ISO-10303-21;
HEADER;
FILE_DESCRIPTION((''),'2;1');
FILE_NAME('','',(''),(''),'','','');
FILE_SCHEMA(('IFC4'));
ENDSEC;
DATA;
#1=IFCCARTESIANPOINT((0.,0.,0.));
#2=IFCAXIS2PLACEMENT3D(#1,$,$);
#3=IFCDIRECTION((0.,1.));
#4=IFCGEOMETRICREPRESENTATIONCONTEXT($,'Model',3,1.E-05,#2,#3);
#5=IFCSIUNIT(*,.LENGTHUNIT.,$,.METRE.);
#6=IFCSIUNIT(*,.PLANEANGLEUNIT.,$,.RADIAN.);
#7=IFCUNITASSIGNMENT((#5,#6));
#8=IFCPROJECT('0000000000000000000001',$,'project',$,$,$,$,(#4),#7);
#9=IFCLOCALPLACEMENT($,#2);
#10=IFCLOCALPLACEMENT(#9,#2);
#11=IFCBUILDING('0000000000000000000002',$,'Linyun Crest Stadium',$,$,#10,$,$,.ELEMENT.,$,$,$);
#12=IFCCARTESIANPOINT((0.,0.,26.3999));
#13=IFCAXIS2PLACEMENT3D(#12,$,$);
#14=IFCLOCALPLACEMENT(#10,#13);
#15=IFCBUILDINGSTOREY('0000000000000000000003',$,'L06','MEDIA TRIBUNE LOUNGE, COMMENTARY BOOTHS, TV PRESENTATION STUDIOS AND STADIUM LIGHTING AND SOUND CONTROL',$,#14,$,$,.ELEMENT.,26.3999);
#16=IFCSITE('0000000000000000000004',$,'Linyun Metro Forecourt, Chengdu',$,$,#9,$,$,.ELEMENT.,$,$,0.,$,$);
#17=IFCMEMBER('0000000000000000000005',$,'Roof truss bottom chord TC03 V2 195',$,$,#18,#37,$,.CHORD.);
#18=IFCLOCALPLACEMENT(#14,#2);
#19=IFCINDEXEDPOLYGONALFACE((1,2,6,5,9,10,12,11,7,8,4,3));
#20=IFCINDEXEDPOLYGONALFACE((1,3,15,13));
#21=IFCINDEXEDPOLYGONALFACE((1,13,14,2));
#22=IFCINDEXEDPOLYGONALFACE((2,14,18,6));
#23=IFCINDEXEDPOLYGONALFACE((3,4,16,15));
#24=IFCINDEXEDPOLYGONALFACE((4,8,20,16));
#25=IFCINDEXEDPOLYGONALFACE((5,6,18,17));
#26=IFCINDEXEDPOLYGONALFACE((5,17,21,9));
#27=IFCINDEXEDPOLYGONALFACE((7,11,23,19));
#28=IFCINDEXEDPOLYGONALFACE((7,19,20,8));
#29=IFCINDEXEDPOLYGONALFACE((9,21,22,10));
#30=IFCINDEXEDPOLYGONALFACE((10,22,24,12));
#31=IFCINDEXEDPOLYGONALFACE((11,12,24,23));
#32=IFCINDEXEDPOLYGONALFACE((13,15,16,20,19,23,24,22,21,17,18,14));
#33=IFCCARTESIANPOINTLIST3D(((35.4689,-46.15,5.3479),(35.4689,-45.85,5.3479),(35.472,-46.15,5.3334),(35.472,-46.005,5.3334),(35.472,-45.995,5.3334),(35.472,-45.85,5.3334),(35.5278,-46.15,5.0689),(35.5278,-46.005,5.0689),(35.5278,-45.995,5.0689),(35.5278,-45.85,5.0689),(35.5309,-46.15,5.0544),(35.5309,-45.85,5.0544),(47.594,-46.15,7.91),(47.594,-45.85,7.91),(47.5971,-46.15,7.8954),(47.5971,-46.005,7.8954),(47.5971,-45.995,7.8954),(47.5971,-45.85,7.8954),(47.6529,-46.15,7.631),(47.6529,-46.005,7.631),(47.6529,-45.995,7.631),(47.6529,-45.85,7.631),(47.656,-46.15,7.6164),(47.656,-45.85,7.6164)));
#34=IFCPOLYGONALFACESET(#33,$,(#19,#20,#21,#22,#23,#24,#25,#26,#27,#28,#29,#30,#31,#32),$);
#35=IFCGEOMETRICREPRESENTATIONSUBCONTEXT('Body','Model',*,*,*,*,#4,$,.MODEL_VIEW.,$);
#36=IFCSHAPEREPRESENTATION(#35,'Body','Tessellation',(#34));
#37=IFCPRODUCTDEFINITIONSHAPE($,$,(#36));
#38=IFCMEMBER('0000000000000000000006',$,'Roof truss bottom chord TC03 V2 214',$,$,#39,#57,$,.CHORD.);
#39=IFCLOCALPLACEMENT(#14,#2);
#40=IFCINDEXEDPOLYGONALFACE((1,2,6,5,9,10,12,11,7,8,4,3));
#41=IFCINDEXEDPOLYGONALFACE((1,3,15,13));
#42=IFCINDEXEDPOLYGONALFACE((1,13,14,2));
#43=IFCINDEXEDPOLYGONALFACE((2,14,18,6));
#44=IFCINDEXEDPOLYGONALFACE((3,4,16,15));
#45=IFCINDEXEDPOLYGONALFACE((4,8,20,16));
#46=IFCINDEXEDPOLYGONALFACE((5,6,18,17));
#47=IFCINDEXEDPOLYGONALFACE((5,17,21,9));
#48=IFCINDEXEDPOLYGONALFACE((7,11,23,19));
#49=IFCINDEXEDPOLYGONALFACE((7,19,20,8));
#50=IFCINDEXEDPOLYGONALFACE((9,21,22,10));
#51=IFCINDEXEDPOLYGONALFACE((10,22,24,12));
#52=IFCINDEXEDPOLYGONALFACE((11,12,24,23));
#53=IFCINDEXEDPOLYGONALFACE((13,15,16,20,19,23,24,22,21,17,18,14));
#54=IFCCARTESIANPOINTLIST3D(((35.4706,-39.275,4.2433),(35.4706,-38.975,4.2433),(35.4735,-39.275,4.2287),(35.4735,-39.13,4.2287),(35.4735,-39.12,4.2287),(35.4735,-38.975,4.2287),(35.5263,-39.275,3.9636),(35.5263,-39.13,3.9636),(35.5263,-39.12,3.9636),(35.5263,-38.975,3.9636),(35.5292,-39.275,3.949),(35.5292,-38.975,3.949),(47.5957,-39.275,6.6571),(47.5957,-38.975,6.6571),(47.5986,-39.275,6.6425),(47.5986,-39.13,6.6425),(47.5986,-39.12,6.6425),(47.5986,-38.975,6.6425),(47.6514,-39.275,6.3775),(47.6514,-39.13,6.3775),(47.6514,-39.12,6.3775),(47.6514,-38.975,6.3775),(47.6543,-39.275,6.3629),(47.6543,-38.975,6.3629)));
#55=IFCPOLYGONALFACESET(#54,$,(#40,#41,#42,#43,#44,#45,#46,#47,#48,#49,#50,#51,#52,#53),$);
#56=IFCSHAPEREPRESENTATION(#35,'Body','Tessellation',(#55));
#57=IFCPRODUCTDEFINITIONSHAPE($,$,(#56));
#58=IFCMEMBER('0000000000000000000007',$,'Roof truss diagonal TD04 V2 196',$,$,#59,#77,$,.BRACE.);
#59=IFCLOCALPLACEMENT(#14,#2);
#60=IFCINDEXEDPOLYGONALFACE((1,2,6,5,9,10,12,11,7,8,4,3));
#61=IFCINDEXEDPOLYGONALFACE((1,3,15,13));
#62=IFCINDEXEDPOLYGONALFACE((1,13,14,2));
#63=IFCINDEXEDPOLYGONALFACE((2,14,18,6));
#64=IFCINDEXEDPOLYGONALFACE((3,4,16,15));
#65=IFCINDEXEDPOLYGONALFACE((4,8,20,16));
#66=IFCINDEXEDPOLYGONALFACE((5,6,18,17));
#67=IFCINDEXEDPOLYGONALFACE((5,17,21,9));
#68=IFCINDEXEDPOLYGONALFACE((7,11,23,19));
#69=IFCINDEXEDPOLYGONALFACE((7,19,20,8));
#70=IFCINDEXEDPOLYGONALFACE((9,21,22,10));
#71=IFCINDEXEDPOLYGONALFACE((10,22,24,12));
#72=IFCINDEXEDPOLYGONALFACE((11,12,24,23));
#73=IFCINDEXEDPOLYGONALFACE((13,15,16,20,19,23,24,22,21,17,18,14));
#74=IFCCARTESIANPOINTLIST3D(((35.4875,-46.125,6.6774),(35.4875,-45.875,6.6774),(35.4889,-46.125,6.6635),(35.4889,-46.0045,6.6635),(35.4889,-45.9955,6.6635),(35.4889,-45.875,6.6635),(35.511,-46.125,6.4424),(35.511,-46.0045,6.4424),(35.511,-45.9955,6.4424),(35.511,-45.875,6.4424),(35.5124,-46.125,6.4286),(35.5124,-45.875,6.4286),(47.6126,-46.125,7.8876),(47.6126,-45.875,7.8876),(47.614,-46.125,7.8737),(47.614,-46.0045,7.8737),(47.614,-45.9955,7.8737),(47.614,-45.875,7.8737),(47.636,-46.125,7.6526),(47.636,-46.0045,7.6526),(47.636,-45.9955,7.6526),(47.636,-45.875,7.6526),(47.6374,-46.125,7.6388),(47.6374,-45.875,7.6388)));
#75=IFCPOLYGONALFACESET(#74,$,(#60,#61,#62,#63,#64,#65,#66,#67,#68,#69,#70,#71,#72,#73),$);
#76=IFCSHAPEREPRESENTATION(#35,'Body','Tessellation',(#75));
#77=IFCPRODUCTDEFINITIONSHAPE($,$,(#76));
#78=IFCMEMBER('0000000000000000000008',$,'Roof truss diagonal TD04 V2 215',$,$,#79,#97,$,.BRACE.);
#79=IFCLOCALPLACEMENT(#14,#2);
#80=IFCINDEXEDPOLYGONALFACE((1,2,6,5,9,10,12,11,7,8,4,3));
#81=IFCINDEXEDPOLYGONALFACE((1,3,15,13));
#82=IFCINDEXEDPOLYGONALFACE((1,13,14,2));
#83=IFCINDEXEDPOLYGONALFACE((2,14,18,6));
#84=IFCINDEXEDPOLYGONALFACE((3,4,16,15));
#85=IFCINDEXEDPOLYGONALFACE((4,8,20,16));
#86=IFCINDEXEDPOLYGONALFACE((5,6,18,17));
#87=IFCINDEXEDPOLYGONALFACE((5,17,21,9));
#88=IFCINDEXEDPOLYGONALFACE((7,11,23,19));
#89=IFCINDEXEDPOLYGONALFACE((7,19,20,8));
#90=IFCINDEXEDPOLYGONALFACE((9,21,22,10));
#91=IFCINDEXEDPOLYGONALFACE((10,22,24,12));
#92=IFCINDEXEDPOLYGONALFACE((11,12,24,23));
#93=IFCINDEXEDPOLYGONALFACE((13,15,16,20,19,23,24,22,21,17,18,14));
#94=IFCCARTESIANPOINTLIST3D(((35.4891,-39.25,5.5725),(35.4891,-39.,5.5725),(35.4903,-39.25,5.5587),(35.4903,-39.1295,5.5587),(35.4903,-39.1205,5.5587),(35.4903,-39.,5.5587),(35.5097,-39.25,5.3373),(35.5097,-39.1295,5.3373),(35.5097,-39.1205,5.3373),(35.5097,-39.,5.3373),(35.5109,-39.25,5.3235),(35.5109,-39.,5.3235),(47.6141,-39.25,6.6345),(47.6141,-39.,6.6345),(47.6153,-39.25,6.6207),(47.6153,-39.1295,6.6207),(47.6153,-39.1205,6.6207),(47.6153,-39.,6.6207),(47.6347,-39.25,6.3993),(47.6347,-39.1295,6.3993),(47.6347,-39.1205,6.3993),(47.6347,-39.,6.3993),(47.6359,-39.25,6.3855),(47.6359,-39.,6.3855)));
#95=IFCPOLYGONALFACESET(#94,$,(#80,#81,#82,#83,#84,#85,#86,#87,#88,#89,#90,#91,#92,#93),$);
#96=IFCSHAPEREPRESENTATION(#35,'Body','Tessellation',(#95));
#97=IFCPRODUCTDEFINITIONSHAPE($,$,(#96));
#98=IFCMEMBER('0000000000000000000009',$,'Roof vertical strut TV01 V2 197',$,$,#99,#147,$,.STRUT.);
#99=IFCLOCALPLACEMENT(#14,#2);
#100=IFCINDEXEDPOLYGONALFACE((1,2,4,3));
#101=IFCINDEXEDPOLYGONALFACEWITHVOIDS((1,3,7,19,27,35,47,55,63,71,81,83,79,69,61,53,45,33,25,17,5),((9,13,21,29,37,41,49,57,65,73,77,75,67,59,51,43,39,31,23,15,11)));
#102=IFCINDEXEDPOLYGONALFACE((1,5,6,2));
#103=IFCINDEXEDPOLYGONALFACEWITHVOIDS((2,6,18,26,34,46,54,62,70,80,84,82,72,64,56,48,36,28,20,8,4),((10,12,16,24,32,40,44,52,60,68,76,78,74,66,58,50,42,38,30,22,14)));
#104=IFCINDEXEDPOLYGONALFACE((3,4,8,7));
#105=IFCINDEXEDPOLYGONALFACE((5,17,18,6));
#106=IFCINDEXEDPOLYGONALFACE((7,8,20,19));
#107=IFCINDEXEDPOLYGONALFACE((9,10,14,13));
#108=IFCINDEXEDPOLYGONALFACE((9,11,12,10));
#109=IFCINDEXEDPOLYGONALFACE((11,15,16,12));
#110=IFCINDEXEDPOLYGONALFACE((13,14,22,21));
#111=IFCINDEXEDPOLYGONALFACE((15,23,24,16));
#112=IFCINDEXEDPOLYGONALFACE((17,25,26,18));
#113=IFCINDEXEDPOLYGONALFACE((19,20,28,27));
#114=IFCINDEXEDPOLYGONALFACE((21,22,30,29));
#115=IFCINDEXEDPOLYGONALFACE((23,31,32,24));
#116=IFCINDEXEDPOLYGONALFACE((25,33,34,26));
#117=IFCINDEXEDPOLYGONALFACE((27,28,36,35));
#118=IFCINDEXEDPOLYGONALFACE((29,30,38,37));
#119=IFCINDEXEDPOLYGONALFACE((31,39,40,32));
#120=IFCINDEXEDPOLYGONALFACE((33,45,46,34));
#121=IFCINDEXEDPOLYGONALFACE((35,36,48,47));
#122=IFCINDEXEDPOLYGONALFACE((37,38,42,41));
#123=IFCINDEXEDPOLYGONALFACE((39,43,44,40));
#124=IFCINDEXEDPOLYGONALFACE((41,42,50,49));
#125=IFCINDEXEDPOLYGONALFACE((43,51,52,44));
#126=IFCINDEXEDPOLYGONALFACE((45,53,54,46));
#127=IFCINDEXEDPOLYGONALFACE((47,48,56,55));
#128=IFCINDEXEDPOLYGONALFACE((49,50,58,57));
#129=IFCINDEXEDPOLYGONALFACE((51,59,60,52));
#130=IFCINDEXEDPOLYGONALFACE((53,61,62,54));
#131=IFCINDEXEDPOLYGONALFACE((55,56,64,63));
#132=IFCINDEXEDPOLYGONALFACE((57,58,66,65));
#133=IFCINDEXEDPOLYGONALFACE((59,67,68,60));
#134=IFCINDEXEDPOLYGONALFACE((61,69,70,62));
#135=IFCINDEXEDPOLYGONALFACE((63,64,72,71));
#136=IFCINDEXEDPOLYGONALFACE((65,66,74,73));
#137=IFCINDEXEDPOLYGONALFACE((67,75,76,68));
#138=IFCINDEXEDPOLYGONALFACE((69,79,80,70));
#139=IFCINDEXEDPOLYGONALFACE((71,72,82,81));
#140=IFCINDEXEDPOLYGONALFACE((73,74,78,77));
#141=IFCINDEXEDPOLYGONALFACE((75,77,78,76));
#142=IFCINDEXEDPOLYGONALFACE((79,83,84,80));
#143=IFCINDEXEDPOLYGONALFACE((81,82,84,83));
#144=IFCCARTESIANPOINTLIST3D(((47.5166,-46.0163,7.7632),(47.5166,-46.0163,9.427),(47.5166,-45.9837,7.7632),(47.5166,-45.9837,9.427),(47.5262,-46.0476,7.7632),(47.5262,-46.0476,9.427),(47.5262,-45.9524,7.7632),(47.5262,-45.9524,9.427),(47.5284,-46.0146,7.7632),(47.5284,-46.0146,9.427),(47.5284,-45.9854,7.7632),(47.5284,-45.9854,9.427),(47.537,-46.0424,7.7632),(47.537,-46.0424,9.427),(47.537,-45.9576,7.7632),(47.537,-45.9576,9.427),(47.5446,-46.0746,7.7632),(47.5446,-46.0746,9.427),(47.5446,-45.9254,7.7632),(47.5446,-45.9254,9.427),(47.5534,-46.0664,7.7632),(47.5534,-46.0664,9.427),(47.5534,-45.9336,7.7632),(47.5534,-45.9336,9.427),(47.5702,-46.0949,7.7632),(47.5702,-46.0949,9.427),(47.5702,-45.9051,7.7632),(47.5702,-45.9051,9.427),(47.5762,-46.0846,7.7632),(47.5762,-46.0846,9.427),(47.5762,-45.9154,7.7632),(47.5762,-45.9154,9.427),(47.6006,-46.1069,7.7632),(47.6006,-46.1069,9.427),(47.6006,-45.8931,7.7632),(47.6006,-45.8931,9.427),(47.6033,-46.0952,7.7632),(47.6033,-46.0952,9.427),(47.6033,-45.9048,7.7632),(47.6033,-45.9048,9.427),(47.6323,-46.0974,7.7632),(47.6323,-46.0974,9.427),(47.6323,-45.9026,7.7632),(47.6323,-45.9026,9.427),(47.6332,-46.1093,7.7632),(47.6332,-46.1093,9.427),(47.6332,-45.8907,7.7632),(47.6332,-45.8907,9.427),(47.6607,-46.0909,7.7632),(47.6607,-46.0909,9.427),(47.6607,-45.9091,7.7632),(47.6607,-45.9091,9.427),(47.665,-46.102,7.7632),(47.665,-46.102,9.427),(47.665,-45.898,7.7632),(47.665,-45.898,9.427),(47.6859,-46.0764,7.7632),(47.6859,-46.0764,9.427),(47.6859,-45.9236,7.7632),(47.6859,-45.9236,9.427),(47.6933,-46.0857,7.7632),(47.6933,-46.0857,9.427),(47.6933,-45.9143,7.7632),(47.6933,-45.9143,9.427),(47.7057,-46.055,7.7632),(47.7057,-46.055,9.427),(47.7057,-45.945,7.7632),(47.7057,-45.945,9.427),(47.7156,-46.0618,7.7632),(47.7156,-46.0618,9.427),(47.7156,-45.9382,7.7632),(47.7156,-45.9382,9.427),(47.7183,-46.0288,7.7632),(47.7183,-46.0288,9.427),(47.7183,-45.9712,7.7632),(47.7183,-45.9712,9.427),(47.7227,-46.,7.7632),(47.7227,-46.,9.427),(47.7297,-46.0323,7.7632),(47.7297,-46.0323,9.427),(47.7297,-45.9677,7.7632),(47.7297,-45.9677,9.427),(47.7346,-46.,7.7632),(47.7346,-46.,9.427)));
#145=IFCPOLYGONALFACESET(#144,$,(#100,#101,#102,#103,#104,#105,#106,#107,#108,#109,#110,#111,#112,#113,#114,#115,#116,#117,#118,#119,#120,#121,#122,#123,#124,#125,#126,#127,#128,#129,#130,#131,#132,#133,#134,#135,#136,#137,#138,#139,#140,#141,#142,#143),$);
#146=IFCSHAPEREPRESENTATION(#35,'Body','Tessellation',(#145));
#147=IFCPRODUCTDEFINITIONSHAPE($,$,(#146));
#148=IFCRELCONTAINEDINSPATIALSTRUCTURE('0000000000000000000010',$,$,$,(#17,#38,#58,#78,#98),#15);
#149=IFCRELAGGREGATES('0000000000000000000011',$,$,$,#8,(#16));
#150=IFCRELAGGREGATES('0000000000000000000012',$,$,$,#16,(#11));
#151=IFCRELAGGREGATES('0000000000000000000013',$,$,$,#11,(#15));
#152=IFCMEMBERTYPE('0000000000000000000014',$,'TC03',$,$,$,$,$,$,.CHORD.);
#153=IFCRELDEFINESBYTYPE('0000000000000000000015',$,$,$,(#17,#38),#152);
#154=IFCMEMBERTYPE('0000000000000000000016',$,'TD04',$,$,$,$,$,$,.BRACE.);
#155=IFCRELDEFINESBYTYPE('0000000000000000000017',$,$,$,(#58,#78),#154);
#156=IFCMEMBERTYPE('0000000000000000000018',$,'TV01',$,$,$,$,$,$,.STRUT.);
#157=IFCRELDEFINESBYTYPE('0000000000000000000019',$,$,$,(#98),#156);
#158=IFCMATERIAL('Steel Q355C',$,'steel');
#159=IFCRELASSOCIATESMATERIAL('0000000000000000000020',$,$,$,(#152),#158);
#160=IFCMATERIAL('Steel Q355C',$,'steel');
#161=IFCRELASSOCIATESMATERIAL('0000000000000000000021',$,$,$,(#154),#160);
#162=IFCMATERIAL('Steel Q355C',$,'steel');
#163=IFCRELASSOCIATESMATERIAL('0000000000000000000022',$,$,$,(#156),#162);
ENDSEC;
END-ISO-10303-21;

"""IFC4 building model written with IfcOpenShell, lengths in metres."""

from ifc_helpers import new_model, si_unit, direction, frame, origin, origin_2d, place, context, subcontext, project, spatial, hollow_circle, i_section, extrude, material, material_profile, profile_set, type_object, element, save


model = new_model("IFC4")

# Units and contexts
model_context = context("Model", 3, precision=1e-05, world=origin(), true_north=direction((0.0, 1.0)))
body_context = subcontext(model_context, "Body", "Model", "MODEL_VIEW")
ifc_project = project(units=[si_unit("LENGTHUNIT", "METRE"), si_unit("PLANEANGLEUNIT", "RADIAN")], contexts=[model_context])

# Site, building, storey
site_placement = place(None, origin())
site = spatial("IfcSite", under=ifc_project, at=site_placement, Name="Linyun Metro Forecourt, Chengdu", CompositionType="ELEMENT", RefElevation=0.0)
building_placement = place(site_placement, origin())
building = spatial("IfcBuilding", under=site, at=building_placement, Name="Linyun Crest Stadium", CompositionType="ELEMENT")
storey_placement = place(building_placement, frame((0.0, 0.0, 26.3999)))
storey = spatial("IfcBuildingStorey", under=building, at=storey_placement, Name="L06", Description="MEDIA TRIBUNE LOUNGE, COMMENTARY BOOTHS, TV PRESENTATION STUDIOS AND STADIUM LIGHTING AND SOUND CONTROL", CompositionType="ELEMENT", Elevation=26.3999)

# Members
ifc_material_1 = material(Name="Steel Q355C", Category="steel")
ifc_material_profile_1 = material_profile(ifc_material_1, i_section(OverallWidth=0.3, OverallDepth=0.3, WebThickness=0.01, FlangeThickness=0.0149, at=origin_2d()), Name="HW 300x300")
ifc_profile_set_1 = profile_set([ifc_material_profile_1], Name="Steel Q355C")
member_type_1 = type_object("IfcMemberType", Name="TC03", PredefinedType="CHORD", material=ifc_profile_set_1)
member_1_placement = place(storey_placement, frame((47.625, -46.0, 7.7632), z_axis=(-0.978397, 0.0, -0.206735), x_axis=(0.0, -1.0, 0.0)))
element("IfcMember", 1, at=member_1_placement, inside=storey, type_object=member_type_1, Name="Roof truss bottom chord TC03 V2 195", PredefinedType="CHORD", context=body_context, shape_type="SweptSolid", body=[
    extrude(i_section(OverallWidth=0.3, OverallDepth=0.3, WebThickness=0.01, FlangeThickness=0.0149, at=origin_2d()), origin(), (0.0, 0.0, 1.0), 12.3928),
])
member_2_placement = place(storey_placement, frame((47.625, -39.125, 6.51), z_axis=(-0.980754, 0.0, -0.195246), x_axis=(0.0, -1.0, 0.0)))
element("IfcMember", 2, at=member_2_placement, inside=storey, type_object=member_type_1, Name="Roof truss bottom chord TC03 V2 214", PredefinedType="CHORD", context=body_context, shape_type="SweptSolid", body=[
    extrude(i_section(OverallWidth=0.3, OverallDepth=0.3, WebThickness=0.01, FlangeThickness=0.0149, at=origin_2d()), origin(), (0.0, 0.0, 1.0), 12.363),
])
ifc_material_2 = material(Name="Steel Q355C", Category="steel")
ifc_material_profile_2 = material_profile(ifc_material_2, i_section(OverallWidth=0.25, OverallDepth=0.25, WebThickness=0.009, FlangeThickness=0.0139, at=origin_2d()), Name="HW 250x250")
ifc_profile_set_2 = profile_set([ifc_material_profile_2], Name="Steel Q355C")
member_type_2 = type_object("IfcMemberType", Name="TD04", PredefinedType="BRACE", material=ifc_profile_set_2)
member_3_placement = place(storey_placement, frame((47.625, -46.0, 7.7632), z_axis=(-0.995056, 0.0, -0.099317), x_axis=(0.0, -1.0, 0.0)))
element("IfcMember", 3, at=member_3_placement, inside=storey, type_object=member_type_2, Name="Roof truss diagonal TD04 V2 196", PredefinedType="BRACE", context=body_context, shape_type="SweptSolid", body=[
    extrude(i_section(OverallWidth=0.25, OverallDepth=0.25, WebThickness=0.009, FlangeThickness=0.0139, at=origin_2d()), origin(), (0.0, 0.0, 1.0), 12.1853),
])
member_4_placement = place(storey_placement, frame((47.625, -39.125, 6.51), z_axis=(-0.996186, 0.0, -0.087255), x_axis=(0.0, -1.0, 0.0)))
element("IfcMember", 4, at=member_4_placement, inside=storey, type_object=member_type_2, Name="Roof truss diagonal TD04 V2 215", PredefinedType="BRACE", context=body_context, shape_type="SweptSolid", body=[
    extrude(i_section(OverallWidth=0.25, OverallDepth=0.25, WebThickness=0.009, FlangeThickness=0.0139, at=origin_2d()), origin(), (0.0, 0.0, 1.0), 12.1714),
])
ifc_material_3 = material(Name="Steel Q355C", Category="steel")
ifc_material_profile_3 = material_profile(ifc_material_3, hollow_circle(Radius=0.1096, WallThickness=0.012, at=origin_2d()), Name="CHS 219x12")
ifc_profile_set_3 = profile_set([ifc_material_profile_3], Name="Steel Q355C")
member_type_3 = type_object("IfcMemberType", Name="TV01", PredefinedType="STRUT", material=ifc_profile_set_3)
member_5_placement = place(storey_placement, frame((47.625, -46.0, 7.7632), z_axis=(0.0, 0.0, 1.0), x_axis=(1.0, 0.0, 0.0)))
element("IfcMember", 5, at=member_5_placement, inside=storey, type_object=member_type_3, Name="Roof vertical strut TV01 V2 197", PredefinedType="STRUT", context=body_context, shape_type="SweptSolid", body=[
    extrude(hollow_circle(Radius=0.1096, WallThickness=0.012, at=origin_2d()), origin(), (0.0, 0.0, 1.0), 1.6638),
])

save(model, "model.ifc")
